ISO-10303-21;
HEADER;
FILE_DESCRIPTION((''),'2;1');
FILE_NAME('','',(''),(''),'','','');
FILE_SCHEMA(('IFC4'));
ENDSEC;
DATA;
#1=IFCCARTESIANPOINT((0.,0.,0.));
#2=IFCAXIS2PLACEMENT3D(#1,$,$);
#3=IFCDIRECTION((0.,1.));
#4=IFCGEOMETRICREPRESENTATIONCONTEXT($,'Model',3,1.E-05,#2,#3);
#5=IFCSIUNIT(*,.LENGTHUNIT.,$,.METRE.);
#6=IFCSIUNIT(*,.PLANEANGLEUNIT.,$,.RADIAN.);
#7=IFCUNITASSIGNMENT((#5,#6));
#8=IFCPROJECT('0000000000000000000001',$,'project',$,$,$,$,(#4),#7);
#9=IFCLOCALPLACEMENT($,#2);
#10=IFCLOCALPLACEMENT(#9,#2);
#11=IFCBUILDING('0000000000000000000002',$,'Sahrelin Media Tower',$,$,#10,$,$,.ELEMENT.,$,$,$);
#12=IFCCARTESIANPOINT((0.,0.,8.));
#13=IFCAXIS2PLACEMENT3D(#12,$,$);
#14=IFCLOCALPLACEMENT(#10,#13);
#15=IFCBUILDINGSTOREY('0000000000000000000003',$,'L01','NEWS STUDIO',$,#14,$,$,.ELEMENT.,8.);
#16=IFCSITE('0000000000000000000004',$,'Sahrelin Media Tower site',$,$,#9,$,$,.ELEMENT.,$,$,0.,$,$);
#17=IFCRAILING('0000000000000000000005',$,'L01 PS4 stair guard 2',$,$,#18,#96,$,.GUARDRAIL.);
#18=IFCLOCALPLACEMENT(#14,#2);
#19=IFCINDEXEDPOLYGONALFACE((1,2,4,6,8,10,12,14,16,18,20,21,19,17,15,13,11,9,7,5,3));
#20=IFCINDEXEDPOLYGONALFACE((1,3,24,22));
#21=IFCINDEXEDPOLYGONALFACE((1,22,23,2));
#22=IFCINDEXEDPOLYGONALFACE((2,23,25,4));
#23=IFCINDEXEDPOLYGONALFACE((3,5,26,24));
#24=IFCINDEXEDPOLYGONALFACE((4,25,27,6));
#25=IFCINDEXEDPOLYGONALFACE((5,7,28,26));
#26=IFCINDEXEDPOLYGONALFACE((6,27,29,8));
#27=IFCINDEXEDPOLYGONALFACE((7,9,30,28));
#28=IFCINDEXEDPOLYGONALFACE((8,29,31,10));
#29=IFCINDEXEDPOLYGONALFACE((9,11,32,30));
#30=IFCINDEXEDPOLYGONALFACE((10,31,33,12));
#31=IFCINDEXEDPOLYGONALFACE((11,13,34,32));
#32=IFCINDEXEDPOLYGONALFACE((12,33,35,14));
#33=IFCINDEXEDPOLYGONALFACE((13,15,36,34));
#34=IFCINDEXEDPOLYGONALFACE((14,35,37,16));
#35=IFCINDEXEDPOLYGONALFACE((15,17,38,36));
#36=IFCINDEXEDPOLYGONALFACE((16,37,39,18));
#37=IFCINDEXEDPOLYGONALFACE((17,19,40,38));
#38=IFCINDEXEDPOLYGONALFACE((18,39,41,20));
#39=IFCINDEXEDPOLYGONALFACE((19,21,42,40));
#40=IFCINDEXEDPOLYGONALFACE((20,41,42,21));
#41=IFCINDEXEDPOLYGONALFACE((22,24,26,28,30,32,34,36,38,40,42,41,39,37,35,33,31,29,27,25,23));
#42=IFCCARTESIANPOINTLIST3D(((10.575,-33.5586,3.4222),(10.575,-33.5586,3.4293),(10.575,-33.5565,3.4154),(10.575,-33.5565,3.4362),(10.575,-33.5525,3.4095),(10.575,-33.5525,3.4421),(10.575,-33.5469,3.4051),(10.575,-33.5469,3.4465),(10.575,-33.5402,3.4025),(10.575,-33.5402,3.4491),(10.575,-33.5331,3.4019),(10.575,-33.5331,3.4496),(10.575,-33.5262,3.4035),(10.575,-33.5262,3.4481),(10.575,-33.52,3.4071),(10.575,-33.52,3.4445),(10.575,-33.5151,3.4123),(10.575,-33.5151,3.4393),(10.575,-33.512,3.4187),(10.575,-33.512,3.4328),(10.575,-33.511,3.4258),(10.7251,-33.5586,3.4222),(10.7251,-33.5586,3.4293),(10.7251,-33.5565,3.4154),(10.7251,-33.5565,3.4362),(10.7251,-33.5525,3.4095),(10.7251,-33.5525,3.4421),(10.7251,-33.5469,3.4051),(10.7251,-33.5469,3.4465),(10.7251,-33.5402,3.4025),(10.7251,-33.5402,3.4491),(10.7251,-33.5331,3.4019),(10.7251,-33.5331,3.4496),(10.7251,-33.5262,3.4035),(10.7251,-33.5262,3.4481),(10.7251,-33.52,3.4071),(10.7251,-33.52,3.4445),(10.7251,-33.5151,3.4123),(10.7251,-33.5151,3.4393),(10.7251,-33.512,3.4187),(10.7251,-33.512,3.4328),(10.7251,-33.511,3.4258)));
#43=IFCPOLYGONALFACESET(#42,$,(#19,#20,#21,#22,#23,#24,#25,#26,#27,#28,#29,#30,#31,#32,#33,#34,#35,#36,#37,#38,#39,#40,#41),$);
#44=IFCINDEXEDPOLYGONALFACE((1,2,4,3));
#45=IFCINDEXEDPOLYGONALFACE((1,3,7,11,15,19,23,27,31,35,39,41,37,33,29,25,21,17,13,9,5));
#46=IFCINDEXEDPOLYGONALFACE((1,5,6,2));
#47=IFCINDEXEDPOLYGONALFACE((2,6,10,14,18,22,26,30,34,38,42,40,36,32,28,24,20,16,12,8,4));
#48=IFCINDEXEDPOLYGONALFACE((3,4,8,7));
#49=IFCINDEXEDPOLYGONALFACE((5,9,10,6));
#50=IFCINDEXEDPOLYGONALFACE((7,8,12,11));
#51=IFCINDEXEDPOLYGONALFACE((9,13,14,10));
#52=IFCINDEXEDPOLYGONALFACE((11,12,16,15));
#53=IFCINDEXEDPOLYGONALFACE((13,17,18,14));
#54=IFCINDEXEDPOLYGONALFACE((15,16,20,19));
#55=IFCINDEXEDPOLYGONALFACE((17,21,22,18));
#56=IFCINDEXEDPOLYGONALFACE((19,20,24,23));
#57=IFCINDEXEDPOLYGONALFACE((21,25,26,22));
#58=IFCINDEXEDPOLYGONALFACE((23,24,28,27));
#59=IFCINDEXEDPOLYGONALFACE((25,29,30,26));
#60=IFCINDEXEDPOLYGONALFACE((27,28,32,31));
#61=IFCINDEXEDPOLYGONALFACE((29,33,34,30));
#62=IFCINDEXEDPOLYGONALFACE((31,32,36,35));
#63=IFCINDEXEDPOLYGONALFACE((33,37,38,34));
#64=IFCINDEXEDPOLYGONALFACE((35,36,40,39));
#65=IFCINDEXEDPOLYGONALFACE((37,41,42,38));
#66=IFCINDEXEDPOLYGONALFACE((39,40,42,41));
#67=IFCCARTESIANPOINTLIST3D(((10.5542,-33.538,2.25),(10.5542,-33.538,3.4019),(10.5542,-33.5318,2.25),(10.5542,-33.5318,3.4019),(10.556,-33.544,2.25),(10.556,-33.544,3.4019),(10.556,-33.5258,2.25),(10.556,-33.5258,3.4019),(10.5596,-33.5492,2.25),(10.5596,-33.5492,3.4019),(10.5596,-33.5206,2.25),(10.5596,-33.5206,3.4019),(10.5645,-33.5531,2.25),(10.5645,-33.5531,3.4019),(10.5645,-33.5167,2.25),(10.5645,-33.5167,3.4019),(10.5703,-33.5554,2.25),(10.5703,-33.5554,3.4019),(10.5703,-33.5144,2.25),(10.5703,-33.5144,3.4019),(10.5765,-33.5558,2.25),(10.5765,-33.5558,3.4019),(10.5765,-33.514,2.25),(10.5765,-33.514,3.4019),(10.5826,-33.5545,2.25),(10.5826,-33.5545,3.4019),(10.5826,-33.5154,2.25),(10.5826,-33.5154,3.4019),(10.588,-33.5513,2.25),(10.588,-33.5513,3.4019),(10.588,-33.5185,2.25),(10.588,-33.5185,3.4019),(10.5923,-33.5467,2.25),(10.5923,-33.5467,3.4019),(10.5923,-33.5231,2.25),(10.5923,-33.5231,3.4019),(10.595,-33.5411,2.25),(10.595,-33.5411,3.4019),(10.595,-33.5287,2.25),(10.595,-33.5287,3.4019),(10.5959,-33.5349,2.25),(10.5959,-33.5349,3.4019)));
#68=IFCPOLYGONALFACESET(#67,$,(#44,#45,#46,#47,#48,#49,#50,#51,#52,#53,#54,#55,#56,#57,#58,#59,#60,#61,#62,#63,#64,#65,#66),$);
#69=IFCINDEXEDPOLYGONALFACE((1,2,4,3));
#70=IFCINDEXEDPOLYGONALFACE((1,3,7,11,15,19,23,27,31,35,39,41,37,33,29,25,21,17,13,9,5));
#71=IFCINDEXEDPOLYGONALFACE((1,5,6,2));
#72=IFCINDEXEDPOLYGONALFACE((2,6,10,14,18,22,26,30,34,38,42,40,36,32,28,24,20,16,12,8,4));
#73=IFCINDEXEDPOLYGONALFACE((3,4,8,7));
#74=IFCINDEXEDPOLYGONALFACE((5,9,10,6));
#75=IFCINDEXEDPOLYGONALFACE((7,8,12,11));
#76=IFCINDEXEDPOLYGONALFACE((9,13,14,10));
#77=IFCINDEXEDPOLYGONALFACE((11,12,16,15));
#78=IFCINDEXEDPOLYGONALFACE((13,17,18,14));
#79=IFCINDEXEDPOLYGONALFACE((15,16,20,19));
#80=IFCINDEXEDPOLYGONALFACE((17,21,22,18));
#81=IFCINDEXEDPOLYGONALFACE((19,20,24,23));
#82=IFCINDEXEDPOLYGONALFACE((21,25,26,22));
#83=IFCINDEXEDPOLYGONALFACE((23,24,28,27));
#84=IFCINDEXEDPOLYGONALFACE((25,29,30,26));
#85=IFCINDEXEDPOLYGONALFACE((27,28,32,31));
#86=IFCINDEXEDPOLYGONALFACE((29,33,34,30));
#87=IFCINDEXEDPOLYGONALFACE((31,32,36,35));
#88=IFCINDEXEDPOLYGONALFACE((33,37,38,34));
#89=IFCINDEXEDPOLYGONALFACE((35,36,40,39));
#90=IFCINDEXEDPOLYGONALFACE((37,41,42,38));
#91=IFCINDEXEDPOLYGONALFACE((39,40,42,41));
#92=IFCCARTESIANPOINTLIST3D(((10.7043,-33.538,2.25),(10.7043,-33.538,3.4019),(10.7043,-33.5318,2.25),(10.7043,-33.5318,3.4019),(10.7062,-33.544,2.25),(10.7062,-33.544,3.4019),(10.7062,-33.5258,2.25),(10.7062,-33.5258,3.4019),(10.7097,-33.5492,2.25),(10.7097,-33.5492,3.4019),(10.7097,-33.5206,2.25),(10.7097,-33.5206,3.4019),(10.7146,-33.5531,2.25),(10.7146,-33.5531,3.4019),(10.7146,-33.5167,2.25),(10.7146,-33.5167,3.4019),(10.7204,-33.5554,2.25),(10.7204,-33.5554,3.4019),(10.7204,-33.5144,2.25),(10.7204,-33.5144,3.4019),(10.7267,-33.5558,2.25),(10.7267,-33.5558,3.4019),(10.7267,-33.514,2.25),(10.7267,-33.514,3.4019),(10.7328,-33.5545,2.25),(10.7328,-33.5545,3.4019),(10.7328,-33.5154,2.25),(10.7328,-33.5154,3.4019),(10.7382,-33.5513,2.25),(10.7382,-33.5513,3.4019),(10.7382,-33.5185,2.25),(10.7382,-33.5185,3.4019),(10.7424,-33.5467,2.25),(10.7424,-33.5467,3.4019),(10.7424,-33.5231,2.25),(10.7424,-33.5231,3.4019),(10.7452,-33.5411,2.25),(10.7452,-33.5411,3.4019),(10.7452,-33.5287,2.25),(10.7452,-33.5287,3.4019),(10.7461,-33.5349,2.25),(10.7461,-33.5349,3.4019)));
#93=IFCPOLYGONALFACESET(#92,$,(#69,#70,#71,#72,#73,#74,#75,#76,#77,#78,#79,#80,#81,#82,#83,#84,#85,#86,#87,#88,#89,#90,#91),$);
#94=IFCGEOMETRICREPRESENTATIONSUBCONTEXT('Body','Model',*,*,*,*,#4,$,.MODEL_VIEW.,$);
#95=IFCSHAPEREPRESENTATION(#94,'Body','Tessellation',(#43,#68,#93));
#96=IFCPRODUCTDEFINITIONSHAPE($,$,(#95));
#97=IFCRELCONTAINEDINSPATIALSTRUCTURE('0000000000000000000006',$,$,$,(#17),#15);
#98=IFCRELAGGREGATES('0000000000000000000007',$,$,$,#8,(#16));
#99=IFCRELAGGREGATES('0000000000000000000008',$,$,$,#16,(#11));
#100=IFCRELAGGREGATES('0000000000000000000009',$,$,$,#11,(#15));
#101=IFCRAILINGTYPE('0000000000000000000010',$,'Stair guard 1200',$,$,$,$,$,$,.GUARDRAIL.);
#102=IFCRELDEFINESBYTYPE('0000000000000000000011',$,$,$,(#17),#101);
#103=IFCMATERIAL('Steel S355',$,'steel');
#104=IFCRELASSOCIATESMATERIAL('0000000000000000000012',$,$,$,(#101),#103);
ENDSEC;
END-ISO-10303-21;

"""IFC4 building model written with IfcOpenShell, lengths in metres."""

from ifc_helpers import new_model, si_unit, direction, frame, origin, origin_2d, place, context, subcontext, project, spatial, circle, extrude, material, type_object, element, save


model = new_model("IFC4")

# Units and contexts
model_context = context("Model", 3, precision=1e-05, world=origin(), true_north=direction((0.0, 1.0)))
body_context = subcontext(model_context, "Body", "Model", "MODEL_VIEW")
ifc_project = project(units=[si_unit("LENGTHUNIT", "METRE"), si_unit("PLANEANGLEUNIT", "RADIAN")], contexts=[model_context])

# Site, building, storey
site_placement = place(None, origin())
site = spatial("IfcSite", under=ifc_project, at=site_placement, Name="Sahrelin Media Tower site", CompositionType="ELEMENT", RefElevation=0.0)
building_placement = place(site_placement, origin())
building = spatial("IfcBuilding", under=site, at=building_placement, Name="Sahrelin Media Tower", CompositionType="ELEMENT")
storey_placement = place(building_placement, frame((0.0, 0.0, 8.0)))
storey = spatial("IfcBuildingStorey", under=building, at=storey_placement, Name="L01", Description="NEWS STUDIO", CompositionType="ELEMENT", Elevation=8.0)

# Shared definitions
ifc_material_1 = material(Name="Steel S355", Category="steel")

# Railing
railing_type_1 = type_object("IfcRailingType", Name="Stair guard 1200", PredefinedType="GUARDRAIL", material=ifc_material_1)
railing_1_placement = place(storey_placement, frame((10.575, -33.5349, 2.25)))
element("IfcRailing", 1, at=railing_1_placement, inside=storey, type_object=railing_type_1, Name="L01 PS4 stair guard 2", PredefinedType="GUARDRAIL", context=body_context, shape_type="SweptSolid", body=[
    extrude(circle(Radius=0.0239, at=origin_2d()), frame((0.0, 0.0, 1.1758), z_axis=(1.0, 0.0, 0.0), x_axis=(0.0, 1.0, 0.0)), (0.0, 0.0, 1.0), 0.1501),
    extrude(circle(Radius=0.021, at=origin_2d()), origin(), (0.0, 0.0, 1.0), 1.1519),
    extrude(circle(Radius=0.021, at=origin_2d()), frame((0.1501, 0.0, 0.0)), (0.0, 0.0, 1.0), 1.1519),
])

save(model, "model.ifc")
